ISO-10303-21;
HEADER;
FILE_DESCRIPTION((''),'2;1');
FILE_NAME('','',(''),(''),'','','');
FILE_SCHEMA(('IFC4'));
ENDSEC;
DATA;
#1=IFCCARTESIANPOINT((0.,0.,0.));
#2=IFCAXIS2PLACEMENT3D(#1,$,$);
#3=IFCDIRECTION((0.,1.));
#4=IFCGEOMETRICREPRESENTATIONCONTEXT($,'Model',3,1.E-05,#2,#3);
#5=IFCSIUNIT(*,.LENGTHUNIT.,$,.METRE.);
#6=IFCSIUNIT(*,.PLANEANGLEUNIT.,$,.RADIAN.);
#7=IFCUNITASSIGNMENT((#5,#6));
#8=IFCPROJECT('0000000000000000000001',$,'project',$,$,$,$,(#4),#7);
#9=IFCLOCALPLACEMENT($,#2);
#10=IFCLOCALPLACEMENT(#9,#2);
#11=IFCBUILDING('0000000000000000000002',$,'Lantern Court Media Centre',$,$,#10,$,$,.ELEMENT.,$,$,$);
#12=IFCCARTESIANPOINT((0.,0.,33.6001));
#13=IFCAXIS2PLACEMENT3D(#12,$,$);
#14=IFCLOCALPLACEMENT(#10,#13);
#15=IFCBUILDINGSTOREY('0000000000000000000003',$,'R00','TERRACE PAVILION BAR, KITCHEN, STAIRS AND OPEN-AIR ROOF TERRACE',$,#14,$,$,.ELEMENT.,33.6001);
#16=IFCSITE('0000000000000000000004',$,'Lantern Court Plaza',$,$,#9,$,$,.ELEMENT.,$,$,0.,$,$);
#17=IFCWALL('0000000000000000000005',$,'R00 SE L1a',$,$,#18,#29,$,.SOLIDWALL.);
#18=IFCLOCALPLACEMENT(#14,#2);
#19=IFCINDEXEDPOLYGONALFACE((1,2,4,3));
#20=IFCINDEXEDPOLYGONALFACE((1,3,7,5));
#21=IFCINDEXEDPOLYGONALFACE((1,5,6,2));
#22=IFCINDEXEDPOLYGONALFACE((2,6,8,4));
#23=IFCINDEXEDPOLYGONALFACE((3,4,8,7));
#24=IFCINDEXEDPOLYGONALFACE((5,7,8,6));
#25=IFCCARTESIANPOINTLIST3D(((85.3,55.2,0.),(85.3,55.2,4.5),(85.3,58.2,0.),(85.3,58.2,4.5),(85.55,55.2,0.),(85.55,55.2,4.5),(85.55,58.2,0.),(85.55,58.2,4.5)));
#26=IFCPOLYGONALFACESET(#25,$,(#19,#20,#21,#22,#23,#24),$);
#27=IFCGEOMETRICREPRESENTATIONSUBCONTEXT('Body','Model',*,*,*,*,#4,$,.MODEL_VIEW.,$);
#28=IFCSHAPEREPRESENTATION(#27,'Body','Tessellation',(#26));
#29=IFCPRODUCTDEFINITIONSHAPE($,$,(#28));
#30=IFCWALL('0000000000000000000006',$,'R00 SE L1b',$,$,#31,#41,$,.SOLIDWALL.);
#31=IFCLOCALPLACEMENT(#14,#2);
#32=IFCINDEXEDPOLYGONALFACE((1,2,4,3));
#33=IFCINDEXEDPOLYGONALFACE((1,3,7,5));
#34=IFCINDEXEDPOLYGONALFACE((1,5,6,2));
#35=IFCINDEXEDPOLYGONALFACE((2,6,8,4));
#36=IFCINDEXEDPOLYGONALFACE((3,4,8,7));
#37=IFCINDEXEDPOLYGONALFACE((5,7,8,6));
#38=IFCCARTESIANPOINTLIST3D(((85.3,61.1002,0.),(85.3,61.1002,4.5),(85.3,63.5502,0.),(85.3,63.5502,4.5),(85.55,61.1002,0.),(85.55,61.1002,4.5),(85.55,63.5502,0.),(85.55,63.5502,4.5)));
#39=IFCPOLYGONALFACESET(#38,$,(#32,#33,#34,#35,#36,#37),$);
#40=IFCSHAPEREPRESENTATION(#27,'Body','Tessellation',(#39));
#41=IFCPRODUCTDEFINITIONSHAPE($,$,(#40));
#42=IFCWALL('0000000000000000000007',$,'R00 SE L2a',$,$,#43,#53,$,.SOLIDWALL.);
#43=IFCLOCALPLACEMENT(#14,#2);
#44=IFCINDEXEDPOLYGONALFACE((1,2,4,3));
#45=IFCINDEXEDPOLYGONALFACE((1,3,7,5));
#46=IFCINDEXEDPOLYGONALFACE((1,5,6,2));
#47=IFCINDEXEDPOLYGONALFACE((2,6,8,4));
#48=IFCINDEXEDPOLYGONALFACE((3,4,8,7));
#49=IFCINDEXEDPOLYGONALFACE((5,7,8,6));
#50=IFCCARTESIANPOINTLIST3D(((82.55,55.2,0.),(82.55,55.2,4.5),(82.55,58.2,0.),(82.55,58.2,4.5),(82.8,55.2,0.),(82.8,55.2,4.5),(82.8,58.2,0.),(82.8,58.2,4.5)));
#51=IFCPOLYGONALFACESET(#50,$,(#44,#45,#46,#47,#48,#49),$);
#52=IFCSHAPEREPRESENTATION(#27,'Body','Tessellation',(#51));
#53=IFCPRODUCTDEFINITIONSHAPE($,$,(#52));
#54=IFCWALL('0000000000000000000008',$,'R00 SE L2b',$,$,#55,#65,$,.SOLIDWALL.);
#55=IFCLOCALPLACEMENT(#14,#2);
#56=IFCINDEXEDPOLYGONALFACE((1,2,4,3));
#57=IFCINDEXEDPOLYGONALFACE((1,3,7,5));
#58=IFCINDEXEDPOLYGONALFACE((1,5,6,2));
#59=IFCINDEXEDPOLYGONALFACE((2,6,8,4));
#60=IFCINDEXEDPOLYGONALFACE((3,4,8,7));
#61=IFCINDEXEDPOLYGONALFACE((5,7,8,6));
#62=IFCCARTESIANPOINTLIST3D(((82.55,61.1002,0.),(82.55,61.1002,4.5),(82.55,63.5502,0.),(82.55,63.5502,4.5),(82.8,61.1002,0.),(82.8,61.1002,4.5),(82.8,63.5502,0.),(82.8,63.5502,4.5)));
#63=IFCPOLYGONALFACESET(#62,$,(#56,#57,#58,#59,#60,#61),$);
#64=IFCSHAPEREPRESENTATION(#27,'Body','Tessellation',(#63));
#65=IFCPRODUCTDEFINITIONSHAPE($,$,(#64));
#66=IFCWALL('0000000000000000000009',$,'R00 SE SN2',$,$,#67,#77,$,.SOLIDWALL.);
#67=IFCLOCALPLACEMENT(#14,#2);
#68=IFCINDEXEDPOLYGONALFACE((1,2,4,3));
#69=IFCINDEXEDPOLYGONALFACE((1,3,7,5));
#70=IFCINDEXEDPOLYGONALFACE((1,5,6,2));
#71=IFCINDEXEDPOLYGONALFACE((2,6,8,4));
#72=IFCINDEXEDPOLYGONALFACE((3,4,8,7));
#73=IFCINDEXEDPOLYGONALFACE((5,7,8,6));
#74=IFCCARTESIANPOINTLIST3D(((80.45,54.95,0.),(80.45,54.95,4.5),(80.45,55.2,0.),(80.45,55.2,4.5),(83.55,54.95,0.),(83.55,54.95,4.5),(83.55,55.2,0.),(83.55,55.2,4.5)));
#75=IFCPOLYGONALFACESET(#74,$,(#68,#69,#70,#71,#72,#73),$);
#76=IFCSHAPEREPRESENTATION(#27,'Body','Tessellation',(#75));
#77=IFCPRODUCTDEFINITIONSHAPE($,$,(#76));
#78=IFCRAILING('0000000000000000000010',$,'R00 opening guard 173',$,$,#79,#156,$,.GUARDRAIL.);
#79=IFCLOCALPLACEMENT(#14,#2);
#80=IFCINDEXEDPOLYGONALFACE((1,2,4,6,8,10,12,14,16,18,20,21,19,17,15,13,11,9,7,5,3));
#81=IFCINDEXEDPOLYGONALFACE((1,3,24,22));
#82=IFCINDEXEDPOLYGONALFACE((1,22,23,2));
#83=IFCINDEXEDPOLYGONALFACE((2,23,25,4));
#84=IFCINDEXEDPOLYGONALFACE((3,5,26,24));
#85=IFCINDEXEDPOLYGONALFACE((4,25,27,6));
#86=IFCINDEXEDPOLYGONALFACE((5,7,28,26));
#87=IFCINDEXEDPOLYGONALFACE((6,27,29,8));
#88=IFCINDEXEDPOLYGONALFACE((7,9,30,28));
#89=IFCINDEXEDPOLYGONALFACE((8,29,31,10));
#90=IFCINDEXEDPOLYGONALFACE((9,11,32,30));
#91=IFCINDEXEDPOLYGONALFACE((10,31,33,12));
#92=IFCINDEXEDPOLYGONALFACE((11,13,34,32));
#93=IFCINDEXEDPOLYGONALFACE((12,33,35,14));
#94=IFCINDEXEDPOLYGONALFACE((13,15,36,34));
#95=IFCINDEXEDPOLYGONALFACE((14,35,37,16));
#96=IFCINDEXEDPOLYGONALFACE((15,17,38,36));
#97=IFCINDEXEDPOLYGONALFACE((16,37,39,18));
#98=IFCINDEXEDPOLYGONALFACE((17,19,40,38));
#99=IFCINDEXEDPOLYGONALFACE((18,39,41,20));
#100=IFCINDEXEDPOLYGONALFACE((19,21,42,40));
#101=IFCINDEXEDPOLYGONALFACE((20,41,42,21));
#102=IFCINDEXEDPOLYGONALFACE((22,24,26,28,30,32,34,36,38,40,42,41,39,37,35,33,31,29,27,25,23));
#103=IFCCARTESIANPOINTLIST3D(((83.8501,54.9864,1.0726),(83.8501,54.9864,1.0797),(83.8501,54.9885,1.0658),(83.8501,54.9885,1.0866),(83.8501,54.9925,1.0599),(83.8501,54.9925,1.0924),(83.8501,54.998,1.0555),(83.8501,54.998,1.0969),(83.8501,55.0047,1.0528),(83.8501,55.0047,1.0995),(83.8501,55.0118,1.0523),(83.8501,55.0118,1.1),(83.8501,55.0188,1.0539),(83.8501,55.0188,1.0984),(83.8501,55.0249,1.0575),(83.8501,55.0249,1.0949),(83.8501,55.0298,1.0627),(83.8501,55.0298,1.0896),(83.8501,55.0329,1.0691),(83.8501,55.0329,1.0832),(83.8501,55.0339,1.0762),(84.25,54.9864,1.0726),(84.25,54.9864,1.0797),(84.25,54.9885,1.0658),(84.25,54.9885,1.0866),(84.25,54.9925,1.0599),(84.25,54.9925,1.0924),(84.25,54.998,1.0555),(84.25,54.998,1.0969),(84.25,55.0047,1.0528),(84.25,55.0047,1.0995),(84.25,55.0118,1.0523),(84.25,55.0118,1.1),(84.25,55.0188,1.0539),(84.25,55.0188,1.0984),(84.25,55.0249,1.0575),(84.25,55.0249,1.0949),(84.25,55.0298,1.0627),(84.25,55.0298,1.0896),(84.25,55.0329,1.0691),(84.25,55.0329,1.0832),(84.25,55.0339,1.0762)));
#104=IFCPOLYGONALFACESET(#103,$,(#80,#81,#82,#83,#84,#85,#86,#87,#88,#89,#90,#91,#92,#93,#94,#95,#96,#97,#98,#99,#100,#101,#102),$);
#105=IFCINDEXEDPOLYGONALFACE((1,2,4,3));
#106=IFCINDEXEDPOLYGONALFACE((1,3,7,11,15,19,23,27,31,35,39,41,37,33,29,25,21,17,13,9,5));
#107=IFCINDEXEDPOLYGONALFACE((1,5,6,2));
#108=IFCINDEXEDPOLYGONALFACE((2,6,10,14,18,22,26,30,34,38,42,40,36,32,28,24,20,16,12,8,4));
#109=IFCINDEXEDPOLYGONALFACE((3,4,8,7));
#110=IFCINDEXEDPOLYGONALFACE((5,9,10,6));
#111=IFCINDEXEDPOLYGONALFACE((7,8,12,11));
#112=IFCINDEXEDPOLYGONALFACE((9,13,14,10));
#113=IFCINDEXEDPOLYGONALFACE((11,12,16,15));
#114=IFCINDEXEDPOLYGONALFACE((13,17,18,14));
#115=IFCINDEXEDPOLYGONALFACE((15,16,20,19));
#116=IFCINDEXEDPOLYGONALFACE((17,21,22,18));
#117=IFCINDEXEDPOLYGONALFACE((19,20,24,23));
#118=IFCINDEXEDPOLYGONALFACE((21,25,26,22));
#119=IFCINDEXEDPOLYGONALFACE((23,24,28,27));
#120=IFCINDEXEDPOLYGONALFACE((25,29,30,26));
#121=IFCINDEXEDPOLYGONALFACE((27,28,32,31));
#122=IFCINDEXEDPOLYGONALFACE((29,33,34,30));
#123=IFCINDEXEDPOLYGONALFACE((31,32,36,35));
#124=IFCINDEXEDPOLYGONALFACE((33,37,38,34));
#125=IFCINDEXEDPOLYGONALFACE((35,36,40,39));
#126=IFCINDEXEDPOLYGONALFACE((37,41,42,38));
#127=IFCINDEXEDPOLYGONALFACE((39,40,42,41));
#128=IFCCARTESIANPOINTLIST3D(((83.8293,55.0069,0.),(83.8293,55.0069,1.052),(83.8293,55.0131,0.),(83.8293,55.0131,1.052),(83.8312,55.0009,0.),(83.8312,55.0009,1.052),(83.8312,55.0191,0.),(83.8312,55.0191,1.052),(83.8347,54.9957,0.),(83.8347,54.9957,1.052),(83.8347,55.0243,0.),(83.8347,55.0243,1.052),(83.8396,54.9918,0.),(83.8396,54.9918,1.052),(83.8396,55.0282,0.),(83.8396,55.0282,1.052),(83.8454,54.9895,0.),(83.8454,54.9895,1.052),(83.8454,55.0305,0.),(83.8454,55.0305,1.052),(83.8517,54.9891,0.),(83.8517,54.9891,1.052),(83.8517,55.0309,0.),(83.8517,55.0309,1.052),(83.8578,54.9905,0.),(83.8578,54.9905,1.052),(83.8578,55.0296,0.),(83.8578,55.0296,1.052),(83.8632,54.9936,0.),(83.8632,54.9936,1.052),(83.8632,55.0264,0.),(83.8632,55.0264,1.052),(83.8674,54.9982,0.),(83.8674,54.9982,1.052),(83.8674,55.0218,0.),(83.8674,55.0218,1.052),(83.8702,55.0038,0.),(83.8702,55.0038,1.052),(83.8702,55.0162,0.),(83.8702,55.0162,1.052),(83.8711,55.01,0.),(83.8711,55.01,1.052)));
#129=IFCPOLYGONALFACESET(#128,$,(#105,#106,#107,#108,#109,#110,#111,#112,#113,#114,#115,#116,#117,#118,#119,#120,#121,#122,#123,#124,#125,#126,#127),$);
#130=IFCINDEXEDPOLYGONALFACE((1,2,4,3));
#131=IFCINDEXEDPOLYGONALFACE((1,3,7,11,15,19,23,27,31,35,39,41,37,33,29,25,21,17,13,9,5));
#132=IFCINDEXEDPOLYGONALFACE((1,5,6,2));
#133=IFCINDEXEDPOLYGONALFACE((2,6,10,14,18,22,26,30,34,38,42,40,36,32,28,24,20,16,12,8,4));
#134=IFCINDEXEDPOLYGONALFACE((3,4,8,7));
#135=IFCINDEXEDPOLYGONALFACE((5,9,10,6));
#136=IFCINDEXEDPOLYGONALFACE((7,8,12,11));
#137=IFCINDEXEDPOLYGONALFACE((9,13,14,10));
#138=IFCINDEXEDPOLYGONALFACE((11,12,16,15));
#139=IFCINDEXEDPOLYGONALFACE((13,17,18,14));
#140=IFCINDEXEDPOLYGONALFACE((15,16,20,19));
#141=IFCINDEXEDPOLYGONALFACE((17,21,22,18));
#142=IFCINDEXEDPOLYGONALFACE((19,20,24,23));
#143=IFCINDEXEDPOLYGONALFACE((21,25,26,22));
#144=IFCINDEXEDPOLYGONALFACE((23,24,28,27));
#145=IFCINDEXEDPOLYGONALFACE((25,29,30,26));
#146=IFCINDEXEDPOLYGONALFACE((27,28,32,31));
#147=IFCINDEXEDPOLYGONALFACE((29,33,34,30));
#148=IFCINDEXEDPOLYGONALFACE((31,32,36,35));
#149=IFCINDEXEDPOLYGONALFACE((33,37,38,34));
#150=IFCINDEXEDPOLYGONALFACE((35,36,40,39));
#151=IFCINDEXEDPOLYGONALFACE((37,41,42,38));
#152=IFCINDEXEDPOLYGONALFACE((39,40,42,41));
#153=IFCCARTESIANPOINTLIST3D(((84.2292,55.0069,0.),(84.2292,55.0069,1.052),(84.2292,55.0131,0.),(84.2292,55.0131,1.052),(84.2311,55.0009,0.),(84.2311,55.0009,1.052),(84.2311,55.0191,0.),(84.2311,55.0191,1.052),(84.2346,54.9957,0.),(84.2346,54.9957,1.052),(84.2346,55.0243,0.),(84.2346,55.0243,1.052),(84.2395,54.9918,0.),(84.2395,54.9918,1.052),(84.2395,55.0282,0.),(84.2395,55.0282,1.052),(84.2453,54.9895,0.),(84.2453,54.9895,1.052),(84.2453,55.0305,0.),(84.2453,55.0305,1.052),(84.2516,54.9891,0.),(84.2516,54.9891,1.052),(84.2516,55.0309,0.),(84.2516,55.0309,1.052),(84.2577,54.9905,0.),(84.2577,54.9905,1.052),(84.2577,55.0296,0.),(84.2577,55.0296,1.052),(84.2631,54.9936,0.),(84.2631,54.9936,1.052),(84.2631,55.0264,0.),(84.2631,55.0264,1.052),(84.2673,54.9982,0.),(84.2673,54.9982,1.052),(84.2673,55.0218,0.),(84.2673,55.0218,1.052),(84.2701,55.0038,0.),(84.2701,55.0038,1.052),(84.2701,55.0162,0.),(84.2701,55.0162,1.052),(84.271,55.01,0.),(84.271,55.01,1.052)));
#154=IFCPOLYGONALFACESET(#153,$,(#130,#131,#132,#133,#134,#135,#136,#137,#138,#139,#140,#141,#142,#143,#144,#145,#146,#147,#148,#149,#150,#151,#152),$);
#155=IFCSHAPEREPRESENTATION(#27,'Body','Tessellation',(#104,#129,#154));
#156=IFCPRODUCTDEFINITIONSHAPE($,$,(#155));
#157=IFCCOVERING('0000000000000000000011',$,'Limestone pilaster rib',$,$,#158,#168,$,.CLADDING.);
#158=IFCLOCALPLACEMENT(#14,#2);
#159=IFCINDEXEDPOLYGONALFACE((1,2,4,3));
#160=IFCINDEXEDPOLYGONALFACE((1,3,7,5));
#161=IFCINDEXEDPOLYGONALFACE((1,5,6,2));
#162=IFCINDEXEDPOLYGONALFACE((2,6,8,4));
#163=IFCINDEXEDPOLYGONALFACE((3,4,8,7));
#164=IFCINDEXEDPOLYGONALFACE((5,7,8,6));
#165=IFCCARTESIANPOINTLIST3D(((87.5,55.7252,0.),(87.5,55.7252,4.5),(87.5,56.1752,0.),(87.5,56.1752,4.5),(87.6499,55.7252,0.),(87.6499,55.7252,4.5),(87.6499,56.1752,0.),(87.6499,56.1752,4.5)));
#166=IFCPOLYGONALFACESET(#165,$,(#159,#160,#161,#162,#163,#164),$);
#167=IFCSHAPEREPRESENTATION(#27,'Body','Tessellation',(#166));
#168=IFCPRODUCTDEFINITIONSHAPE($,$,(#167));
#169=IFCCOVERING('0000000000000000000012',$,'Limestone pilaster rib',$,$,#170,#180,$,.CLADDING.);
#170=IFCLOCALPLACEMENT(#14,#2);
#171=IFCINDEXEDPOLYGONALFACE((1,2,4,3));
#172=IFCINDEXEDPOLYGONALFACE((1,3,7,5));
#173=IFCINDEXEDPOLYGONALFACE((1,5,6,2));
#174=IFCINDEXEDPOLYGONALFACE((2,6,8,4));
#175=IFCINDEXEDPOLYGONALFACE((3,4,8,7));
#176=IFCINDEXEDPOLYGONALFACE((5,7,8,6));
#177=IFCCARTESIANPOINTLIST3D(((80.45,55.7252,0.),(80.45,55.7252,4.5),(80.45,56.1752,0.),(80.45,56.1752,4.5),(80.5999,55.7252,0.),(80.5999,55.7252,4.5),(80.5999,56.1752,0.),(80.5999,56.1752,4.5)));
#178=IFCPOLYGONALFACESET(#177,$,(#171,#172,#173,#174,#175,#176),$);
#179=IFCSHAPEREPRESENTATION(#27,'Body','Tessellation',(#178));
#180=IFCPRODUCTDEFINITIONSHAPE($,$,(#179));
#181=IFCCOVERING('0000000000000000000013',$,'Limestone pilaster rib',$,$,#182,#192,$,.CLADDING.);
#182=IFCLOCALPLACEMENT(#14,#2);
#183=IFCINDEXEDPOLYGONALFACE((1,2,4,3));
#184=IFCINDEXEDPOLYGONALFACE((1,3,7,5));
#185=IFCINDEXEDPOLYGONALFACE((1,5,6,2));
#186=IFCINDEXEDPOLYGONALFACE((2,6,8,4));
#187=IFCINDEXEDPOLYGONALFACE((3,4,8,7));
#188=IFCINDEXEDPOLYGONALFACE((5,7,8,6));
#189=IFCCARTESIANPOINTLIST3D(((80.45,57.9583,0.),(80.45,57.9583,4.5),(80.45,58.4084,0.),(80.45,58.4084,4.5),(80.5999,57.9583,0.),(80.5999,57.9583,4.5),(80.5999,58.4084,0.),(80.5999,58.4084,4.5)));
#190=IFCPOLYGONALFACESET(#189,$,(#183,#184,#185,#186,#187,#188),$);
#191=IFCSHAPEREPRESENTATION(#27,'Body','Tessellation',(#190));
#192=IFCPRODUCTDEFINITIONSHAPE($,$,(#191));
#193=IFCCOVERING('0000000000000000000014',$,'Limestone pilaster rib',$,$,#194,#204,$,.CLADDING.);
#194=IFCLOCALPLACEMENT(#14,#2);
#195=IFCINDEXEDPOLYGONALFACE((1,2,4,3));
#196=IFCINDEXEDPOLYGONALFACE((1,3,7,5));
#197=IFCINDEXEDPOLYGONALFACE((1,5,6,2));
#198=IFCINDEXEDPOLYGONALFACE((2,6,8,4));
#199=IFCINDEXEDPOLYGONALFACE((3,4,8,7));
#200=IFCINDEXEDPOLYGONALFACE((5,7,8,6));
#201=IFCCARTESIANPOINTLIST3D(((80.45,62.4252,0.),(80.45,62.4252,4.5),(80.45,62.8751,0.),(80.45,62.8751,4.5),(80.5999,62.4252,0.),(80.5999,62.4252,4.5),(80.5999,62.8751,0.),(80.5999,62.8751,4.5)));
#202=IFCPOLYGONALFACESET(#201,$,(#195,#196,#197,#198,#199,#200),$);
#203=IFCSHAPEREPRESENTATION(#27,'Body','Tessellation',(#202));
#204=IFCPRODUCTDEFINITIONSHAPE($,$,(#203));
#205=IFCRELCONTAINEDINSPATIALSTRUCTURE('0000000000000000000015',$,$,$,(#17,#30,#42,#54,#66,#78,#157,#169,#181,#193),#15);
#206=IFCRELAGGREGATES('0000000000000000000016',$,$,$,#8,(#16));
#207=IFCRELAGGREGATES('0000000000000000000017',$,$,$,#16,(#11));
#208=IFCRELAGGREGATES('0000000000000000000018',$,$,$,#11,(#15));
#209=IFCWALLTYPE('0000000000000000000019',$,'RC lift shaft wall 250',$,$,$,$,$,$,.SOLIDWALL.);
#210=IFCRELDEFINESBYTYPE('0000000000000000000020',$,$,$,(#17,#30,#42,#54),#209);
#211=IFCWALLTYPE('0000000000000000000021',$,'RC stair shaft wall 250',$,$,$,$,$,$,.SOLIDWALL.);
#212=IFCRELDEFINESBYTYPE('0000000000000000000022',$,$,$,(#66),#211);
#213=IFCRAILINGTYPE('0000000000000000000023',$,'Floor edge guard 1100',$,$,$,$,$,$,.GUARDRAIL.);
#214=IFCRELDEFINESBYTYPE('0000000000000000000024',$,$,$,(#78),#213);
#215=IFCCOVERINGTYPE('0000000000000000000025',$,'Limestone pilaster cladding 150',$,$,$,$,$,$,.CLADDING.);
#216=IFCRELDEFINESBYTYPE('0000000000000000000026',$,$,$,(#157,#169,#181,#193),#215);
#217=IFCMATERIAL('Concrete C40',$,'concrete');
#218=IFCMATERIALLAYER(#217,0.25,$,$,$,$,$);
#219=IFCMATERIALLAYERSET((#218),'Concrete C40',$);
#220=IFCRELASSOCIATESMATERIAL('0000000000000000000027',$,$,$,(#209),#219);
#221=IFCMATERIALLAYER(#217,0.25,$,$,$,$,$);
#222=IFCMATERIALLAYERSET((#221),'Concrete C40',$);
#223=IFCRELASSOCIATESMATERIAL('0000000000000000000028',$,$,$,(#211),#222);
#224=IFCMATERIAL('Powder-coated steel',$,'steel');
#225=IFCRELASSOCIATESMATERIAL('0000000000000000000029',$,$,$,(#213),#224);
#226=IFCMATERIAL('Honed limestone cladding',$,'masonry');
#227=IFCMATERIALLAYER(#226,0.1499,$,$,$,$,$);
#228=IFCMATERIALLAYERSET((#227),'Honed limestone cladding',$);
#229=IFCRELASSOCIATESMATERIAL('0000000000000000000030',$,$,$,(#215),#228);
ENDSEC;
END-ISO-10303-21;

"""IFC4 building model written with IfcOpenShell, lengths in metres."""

from ifc_helpers import new_model, si_unit, direction, frame, frame_2d, origin, origin_2d, place, context, subcontext, project, spatial, rectangle, circle, extrude, material, layer, layer_set, type_object, element, save


model = new_model("IFC4")

# Units and contexts
model_context = context("Model", 3, precision=1e-05, world=origin(), true_north=direction((0.0, 1.0)))
body_context = subcontext(model_context, "Body", "Model", "MODEL_VIEW")
ifc_project = project(units=[si_unit("LENGTHUNIT", "METRE"), si_unit("PLANEANGLEUNIT", "RADIAN")], contexts=[model_context])

# Site, building, storey
site_placement = place(None, origin())
site = spatial("IfcSite", under=ifc_project, at=site_placement, Name="Lantern Court Plaza", CompositionType="ELEMENT", RefElevation=0.0)
building_placement = place(site_placement, origin())
building = spatial("IfcBuilding", under=site, at=building_placement, Name="Lantern Court Media Centre", CompositionType="ELEMENT")
storey_placement = place(building_placement, frame((0.0, 0.0, 33.6001)))
storey = spatial("IfcBuildingStorey", under=building, at=storey_placement, Name="R00", Description="TERRACE PAVILION BAR, KITCHEN, STAIRS AND OPEN-AIR ROOF TERRACE", CompositionType="ELEMENT", Elevation=33.6001)

# Walls
ifc_material_1 = material(Name="Concrete C40", Category="concrete")
ifc_layer_1 = layer(ifc_material_1, 0.25)
ifc_layer_set_1 = layer_set([ifc_layer_1], Name="Concrete C40")
wall_type_1 = type_object("IfcWallType", Name="RC lift shaft wall 250", PredefinedType="SOLIDWALL", material=ifc_layer_set_1)
wall_1_placement = place(storey_placement, frame((85.425, 55.2, 0.0), z_axis=(0.0, 0.0, 1.0), x_axis=(0.0, 1.0, 0.0)))
element("IfcWall", 1, at=wall_1_placement, inside=storey, type_object=wall_type_1, Name="R00 SE L1a", PredefinedType="SOLIDWALL", context=body_context, shape_type="SweptSolid", body=[
    extrude(rectangle(XDim=3.0, YDim=0.25, at=frame_2d((1.5, 0.0))), origin(), (0.0, 0.0, 1.0), 4.5),
])
wall_2_placement = place(storey_placement, frame((85.425, 61.1001, 0.0), z_axis=(0.0, 0.0, 1.0), x_axis=(0.0, 1.0, 0.0)))
element("IfcWall", 2, at=wall_2_placement, inside=storey, type_object=wall_type_1, Name="R00 SE L1b", PredefinedType="SOLIDWALL", context=body_context, shape_type="SweptSolid", body=[
    extrude(rectangle(XDim=2.45, YDim=0.25, at=frame_2d((1.2251, 0.0))), origin(), (0.0, 0.0, 1.0), 4.5),
])
wall_3_placement = place(storey_placement, frame((82.675, 55.2, 0.0), z_axis=(0.0, 0.0, 1.0), x_axis=(0.0, 1.0, 0.0)))
element("IfcWall", 3, at=wall_3_placement, inside=storey, type_object=wall_type_1, Name="R00 SE L2a", PredefinedType="SOLIDWALL", context=body_context, shape_type="SweptSolid", body=[
    extrude(rectangle(XDim=3.0, YDim=0.25, at=frame_2d((1.5, 0.0))), origin(), (0.0, 0.0, 1.0), 4.5),
])
wall_4_placement = place(storey_placement, frame((82.675, 61.1001, 0.0), z_axis=(0.0, 0.0, 1.0), x_axis=(0.0, 1.0, 0.0)))
element("IfcWall", 4, at=wall_4_placement, inside=storey, type_object=wall_type_1, Name="R00 SE L2b", PredefinedType="SOLIDWALL", context=body_context, shape_type="SweptSolid", body=[
    extrude(rectangle(XDim=2.45, YDim=0.25, at=frame_2d((1.2251, 0.0))), origin(), (0.0, 0.0, 1.0), 4.5),
])
ifc_layer_2 = layer(ifc_material_1, 0.25)
ifc_layer_set_2 = layer_set([ifc_layer_2], Name="Concrete C40")
wall_type_2 = type_object("IfcWallType", Name="RC stair shaft wall 250", PredefinedType="SOLIDWALL", material=ifc_layer_set_2)
wall_5_placement = place(storey_placement, frame((83.55, 55.075, 0.0), z_axis=(0.0, 0.0, 1.0), x_axis=(-1.0, 0.0, 0.0)))
element("IfcWall", 5, at=wall_5_placement, inside=storey, type_object=wall_type_2, Name="R00 SE SN2", PredefinedType="SOLIDWALL", context=body_context, shape_type="SweptSolid", body=[
    extrude(rectangle(XDim=3.1001, YDim=0.25, at=frame_2d((1.55, 0.0))), origin(), (0.0, 0.0, 1.0), 4.5),
])

# Railing
ifc_material_2 = material(Name="Powder-coated steel", Category="steel")
railing_type = type_object("IfcRailingType", Name="Floor edge guard 1100", PredefinedType="GUARDRAIL", material=ifc_material_2)
railing_placement = place(storey_placement, frame((83.8501, 55.01, 0.0)))
element("IfcRailing", 6, at=railing_placement, inside=storey, type_object=railing_type, Name="R00 opening guard 173", PredefinedType="GUARDRAIL", context=body_context, shape_type="SweptSolid", body=[
    extrude(circle(Radius=0.0239, at=origin_2d()), frame((0.0, 0.0, 1.0762), z_axis=(1.0, 0.0, 0.0), x_axis=(0.0, 1.0, 0.0)), (0.0, 0.0, 1.0), 0.3999),
    extrude(circle(Radius=0.021, at=origin_2d()), origin(), (0.0, 0.0, 1.0), 1.052),
    extrude(circle(Radius=0.021, at=origin_2d()), frame((0.3999, 0.0, 0.0)), (0.0, 0.0, 1.0), 1.052),
])

# Coverings
ifc_material_3 = material(Name="Honed limestone cladding", Category="masonry")
ifc_layer_3 = layer(ifc_material_3, 0.1499)
ifc_layer_set_3 = layer_set([ifc_layer_3], Name="Honed limestone cladding")
covering_type = type_object("IfcCoveringType", Name="Limestone pilaster cladding 150", PredefinedType="CLADDING", material=ifc_layer_set_3)
for number, where, z_axis, x_axis, name in (
    (7, (87.575, 55.7251, 0.0), (0.0, 0.0, 1.0), (0.0, 1.0, 0.0), "Limestone pilaster rib"),
    (8, (80.5249, 55.7251, 0.0), (0.0, 0.0, 1.0), (0.0, 1.0, 0.0), "Limestone pilaster rib"),
):
    element("IfcCovering", number, at=place(storey_placement, frame(where, z_axis=z_axis, x_axis=x_axis)), inside=storey, type_object=covering_type, Name=name, PredefinedType="CLADDING", context=body_context, shape_type="SweptSolid", body=[
        extrude(rectangle(XDim=0.45, YDim=0.1499, at=frame_2d((0.2251, 0.0))), origin(), (0.0, 0.0, 1.0), 4.5),
    ])
covering_1_placement = place(storey_placement, frame((80.5249, 57.9583, 0.0), z_axis=(0.0, 0.0, 1.0), x_axis=(0.0, 1.0, 0.0)))
element("IfcCovering", 9, at=covering_1_placement, inside=storey, type_object=covering_type, Name="Limestone pilaster rib", PredefinedType="CLADDING", context=body_context, shape_type="SweptSolid", body=[
    extrude(rectangle(XDim=0.4502, YDim=0.1499, at=frame_2d((0.2251, 0.0))), origin(), (0.0, 0.0, 1.0), 4.5),
])
for number, where, z_axis, x_axis, name in (
    (10, (80.5249, 62.425, 0.0), (0.0, 0.0, 1.0), (0.0, 1.0, 0.0), "Limestone pilaster rib"),
):
    element("IfcCovering", number, at=place(storey_placement, frame(where, z_axis=z_axis, x_axis=x_axis)), inside=storey, type_object=covering_type, Name=name, PredefinedType="CLADDING", context=body_context, shape_type="SweptSolid", body=[
        extrude(rectangle(XDim=0.45, YDim=0.1499, at=frame_2d((0.2251, 0.0))), origin(), (0.0, 0.0, 1.0), 4.5),
    ])

save(model, "model.ifc")
